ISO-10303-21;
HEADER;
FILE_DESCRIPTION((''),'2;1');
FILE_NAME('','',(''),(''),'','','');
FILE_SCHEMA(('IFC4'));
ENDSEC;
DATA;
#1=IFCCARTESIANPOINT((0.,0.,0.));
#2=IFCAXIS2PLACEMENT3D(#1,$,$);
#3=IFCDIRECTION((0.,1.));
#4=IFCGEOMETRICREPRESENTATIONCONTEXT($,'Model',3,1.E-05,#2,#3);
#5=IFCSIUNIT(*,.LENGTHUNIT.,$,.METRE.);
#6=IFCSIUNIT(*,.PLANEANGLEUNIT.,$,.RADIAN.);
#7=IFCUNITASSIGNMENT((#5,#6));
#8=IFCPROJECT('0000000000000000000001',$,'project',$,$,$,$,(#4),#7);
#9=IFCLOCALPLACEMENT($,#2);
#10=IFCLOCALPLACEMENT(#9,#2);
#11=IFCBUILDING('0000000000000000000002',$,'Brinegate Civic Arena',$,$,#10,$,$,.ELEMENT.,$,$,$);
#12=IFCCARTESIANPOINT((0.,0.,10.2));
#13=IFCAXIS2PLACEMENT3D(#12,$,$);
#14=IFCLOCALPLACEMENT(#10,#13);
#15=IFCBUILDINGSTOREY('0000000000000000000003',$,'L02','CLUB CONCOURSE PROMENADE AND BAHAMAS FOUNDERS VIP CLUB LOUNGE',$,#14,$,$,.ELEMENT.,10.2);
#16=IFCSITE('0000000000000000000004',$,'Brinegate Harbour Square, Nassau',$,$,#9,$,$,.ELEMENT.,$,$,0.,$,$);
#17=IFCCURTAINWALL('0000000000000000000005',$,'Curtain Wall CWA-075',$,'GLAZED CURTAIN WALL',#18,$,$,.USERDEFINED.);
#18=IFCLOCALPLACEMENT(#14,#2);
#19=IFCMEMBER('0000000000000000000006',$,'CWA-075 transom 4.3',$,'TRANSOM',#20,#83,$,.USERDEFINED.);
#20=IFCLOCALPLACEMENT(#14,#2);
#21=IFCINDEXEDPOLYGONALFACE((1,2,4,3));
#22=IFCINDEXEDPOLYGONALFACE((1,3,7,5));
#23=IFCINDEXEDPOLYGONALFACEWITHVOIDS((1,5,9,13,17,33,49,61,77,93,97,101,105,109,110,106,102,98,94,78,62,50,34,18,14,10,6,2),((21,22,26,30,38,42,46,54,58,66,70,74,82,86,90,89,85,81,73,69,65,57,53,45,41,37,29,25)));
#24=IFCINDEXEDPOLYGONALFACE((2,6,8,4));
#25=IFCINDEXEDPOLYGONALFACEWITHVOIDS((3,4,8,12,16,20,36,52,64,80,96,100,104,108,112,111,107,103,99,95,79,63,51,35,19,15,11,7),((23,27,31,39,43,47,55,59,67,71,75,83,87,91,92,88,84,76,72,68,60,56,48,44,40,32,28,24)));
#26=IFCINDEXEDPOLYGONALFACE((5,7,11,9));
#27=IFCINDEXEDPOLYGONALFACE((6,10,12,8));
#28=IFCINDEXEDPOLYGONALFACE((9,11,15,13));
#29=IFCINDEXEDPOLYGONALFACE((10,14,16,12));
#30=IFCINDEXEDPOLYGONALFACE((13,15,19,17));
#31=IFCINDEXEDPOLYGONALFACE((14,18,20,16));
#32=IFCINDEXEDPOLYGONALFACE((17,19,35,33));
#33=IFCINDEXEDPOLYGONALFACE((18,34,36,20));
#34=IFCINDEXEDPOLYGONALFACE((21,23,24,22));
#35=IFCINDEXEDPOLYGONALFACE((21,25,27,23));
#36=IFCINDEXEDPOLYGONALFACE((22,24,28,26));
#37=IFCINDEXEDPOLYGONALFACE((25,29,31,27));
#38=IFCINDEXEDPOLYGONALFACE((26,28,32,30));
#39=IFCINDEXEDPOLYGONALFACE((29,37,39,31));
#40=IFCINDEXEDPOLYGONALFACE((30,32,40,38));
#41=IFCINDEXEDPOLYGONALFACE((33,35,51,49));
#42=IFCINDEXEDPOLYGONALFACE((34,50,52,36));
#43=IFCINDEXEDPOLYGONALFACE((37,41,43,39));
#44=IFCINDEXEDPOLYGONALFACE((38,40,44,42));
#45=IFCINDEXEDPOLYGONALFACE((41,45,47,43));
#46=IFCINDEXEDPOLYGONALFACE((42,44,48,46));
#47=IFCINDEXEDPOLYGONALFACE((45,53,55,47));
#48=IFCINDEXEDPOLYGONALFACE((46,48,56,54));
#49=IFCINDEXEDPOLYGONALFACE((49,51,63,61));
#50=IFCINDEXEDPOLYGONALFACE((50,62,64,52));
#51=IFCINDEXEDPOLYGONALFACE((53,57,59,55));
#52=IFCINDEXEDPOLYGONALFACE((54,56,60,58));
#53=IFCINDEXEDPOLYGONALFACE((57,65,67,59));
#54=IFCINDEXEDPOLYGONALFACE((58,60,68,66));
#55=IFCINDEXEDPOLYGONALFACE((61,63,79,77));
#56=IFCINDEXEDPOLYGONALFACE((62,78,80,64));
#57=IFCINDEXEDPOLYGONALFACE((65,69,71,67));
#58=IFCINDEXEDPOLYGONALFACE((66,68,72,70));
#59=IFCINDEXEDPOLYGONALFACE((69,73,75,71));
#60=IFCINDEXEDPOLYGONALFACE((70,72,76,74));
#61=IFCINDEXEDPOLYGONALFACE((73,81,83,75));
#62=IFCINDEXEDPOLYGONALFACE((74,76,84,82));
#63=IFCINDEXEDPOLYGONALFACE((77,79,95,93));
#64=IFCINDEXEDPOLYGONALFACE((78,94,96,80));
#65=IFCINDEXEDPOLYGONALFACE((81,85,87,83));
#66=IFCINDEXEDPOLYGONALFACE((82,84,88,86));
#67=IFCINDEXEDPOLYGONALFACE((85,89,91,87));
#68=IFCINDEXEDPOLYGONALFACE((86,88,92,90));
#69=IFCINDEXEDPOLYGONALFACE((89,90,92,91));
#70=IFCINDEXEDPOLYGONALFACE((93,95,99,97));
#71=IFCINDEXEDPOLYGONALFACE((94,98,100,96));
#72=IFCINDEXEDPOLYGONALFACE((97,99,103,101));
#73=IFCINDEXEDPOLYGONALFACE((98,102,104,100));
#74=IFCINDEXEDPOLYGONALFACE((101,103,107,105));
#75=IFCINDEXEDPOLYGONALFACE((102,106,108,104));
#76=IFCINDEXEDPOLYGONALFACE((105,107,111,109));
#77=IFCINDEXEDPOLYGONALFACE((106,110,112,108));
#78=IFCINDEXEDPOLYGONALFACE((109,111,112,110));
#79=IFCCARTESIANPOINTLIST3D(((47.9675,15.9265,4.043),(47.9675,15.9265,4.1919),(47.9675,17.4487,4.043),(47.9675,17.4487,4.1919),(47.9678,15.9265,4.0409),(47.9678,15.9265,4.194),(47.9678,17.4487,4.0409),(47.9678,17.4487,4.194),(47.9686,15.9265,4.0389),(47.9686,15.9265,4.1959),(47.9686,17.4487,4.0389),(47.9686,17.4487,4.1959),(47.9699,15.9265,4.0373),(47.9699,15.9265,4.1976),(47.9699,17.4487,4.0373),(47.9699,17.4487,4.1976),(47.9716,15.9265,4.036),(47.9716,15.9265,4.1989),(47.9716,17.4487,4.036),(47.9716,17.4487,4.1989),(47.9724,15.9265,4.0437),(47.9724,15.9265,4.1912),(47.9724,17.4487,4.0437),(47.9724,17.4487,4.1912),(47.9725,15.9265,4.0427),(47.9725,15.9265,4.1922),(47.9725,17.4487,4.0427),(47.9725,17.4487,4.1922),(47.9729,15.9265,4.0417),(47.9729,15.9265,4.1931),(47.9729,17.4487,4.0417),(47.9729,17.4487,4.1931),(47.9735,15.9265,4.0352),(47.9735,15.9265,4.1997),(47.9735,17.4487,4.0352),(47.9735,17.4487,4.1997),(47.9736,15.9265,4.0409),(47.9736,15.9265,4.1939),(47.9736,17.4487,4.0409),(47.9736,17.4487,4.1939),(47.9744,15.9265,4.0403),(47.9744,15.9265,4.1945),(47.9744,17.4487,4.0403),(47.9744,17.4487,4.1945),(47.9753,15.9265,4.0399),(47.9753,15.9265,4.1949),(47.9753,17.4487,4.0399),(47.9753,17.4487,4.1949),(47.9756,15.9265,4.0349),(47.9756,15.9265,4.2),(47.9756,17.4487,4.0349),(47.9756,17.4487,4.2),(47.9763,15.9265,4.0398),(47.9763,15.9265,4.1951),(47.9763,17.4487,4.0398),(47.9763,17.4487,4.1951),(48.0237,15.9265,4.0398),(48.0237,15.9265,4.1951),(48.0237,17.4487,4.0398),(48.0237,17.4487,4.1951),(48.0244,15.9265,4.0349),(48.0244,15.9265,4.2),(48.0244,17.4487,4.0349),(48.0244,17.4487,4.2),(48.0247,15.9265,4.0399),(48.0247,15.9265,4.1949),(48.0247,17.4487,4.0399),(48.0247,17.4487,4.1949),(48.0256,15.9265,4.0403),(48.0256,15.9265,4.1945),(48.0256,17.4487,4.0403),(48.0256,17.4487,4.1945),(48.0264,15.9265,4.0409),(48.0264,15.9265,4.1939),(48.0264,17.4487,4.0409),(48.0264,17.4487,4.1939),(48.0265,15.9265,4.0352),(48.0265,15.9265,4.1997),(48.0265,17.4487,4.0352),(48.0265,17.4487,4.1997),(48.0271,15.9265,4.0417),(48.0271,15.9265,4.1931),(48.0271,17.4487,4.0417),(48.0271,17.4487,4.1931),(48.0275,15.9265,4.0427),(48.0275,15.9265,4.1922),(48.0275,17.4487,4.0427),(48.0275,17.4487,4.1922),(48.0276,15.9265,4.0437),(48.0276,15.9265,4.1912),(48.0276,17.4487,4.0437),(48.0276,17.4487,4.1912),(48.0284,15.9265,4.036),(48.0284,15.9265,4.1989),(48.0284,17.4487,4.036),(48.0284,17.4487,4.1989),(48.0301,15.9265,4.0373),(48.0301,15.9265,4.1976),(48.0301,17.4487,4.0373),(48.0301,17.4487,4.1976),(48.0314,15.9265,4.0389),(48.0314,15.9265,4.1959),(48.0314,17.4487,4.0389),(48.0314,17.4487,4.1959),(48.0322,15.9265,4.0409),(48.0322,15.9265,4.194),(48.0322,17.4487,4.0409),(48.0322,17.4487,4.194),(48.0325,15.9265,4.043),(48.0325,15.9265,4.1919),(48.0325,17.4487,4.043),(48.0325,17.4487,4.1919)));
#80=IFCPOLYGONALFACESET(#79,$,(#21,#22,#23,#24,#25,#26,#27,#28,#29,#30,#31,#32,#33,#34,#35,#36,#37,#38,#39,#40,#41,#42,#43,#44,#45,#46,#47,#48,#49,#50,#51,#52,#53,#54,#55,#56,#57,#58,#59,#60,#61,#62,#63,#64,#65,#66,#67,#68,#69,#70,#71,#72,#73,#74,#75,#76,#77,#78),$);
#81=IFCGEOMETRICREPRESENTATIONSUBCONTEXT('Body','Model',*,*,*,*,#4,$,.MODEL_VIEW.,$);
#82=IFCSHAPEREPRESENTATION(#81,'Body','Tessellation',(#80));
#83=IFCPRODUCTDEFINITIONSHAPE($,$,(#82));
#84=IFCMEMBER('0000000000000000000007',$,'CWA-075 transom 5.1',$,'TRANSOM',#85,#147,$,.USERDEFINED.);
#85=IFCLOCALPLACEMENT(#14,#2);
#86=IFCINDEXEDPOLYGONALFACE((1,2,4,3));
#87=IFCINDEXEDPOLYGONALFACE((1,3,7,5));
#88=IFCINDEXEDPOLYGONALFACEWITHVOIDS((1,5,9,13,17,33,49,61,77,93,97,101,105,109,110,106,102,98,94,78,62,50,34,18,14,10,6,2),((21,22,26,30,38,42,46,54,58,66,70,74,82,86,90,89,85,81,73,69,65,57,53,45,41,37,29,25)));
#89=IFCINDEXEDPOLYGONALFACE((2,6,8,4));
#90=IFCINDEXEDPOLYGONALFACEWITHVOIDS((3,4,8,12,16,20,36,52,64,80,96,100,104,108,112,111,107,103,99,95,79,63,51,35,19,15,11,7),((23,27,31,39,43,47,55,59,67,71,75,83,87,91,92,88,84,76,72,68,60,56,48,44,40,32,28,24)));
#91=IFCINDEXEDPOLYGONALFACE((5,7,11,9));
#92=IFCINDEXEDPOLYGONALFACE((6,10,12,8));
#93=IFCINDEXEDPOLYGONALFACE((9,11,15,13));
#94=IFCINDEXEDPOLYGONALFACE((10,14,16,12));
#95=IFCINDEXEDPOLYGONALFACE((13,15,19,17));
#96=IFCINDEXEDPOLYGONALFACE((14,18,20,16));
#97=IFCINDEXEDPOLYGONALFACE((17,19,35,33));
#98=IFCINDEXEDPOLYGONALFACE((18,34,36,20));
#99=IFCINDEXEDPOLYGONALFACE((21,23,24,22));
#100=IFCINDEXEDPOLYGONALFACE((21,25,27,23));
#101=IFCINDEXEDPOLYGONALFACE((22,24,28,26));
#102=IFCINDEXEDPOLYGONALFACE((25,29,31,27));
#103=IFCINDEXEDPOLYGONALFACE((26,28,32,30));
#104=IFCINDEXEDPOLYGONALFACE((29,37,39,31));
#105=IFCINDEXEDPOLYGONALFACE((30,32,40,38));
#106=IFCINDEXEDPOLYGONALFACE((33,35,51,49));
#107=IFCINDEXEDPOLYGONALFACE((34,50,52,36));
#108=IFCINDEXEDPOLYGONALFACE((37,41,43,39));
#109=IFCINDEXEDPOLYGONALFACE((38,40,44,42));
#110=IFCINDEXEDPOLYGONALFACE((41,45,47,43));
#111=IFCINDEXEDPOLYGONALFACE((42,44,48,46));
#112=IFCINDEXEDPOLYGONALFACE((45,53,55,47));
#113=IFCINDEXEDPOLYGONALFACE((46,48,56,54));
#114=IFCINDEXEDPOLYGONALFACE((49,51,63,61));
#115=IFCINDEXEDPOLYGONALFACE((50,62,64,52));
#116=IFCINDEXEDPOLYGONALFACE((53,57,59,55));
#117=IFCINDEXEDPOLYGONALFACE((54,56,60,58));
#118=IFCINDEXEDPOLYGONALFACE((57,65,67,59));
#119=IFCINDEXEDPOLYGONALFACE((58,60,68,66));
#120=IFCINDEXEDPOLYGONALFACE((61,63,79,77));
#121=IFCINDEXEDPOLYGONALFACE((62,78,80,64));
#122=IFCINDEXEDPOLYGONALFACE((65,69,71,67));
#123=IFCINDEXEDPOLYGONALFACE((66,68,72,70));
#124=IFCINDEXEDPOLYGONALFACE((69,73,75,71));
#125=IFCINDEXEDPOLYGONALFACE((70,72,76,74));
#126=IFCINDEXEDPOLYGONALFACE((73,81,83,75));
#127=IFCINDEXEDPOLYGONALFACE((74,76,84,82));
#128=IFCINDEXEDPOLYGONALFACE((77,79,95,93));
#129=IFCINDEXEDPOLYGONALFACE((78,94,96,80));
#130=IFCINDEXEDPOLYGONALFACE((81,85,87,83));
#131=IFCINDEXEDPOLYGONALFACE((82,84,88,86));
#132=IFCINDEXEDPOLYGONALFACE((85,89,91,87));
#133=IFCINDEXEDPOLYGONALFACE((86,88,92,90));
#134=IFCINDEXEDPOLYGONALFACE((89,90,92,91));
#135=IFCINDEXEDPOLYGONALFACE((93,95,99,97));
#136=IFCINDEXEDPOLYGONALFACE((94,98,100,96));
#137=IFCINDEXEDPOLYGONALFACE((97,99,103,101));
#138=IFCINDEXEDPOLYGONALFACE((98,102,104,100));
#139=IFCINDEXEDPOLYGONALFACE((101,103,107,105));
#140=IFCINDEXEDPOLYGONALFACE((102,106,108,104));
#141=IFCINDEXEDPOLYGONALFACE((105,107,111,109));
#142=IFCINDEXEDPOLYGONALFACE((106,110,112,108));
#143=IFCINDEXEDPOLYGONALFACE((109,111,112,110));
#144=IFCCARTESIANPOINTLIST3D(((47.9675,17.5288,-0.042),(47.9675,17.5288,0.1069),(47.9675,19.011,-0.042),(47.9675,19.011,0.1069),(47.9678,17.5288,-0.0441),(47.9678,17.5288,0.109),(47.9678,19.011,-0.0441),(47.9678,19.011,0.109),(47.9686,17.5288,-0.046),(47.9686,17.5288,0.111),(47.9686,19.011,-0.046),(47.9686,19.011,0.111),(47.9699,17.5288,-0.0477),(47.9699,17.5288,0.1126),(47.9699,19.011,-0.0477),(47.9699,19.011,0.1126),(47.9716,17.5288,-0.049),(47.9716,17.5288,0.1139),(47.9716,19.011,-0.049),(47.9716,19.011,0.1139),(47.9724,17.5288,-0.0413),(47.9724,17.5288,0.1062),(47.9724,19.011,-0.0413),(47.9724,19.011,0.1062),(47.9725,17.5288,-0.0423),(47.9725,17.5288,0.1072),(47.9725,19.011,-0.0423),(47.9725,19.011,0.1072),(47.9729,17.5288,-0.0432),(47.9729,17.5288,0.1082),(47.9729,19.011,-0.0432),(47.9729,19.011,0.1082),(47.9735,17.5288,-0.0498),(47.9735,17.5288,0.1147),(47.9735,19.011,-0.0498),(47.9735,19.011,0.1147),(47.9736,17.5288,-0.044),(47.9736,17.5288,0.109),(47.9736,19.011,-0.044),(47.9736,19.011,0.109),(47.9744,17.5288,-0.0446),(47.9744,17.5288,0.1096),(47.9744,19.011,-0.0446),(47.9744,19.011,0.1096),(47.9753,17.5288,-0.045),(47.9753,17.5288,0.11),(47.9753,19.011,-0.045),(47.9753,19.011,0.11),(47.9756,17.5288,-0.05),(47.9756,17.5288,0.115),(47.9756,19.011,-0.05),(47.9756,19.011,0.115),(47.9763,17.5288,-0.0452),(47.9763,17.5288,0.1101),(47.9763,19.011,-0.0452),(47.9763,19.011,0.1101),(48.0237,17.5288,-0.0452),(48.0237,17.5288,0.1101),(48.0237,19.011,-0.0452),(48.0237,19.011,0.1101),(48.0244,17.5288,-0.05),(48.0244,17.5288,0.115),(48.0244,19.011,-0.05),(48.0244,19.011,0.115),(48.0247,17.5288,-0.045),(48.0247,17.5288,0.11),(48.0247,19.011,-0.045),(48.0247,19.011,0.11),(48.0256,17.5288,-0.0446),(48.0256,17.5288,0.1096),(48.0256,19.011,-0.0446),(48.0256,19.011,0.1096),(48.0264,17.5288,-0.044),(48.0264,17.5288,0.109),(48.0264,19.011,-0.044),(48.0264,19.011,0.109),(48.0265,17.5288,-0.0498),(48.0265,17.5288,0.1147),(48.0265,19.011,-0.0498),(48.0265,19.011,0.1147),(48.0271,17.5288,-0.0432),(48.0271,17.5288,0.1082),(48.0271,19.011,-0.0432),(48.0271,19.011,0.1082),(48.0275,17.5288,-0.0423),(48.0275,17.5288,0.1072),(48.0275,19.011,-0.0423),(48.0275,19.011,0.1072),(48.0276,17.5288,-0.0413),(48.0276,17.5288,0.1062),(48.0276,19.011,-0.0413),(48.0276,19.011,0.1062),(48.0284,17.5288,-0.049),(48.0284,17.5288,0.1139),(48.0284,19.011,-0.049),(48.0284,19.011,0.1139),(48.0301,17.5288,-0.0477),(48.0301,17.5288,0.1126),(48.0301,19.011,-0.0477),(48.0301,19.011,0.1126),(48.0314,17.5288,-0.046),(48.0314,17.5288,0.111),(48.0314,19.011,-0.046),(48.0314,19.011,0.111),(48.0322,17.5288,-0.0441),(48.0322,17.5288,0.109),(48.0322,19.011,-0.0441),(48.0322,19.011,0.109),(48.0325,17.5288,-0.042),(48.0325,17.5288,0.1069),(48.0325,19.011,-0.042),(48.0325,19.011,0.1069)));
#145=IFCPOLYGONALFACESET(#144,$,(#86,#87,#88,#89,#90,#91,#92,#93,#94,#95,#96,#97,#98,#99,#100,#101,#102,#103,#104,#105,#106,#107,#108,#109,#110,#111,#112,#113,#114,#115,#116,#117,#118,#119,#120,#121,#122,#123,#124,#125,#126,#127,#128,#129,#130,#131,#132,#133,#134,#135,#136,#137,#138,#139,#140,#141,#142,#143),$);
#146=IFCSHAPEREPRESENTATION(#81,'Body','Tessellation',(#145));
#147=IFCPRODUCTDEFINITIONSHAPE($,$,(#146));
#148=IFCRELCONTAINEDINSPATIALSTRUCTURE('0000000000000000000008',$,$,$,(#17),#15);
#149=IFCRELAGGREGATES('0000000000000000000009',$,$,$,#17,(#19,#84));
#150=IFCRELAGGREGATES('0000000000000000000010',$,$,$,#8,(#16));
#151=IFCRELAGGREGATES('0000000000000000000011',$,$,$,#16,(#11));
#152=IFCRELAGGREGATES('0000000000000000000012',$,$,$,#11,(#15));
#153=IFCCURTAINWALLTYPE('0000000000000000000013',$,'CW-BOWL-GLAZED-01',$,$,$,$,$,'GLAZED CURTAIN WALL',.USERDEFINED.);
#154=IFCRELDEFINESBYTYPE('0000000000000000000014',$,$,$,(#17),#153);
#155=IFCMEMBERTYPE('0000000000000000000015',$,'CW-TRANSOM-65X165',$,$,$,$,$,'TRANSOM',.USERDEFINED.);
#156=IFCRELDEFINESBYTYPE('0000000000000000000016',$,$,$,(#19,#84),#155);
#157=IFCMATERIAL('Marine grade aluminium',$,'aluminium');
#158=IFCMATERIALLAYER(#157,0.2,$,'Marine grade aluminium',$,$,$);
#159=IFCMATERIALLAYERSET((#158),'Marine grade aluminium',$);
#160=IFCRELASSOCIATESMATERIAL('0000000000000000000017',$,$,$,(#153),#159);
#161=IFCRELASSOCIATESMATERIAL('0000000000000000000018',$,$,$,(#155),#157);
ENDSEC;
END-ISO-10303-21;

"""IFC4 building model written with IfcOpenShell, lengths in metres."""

from ifc_helpers import new_model, si_unit, direction, frame, origin, origin_2d, place, context, subcontext, project, spatial, hollow_rectangle, extrude, material, layer, layer_set, material_profile, profile_set, type_object, element, aggregate, save


model = new_model("IFC4")

# Units and contexts
model_context = context("Model", 3, precision=1e-05, world=origin(), true_north=direction((0.0, 1.0)))
body_context = subcontext(model_context, "Body", "Model", "MODEL_VIEW")
ifc_project = project(units=[si_unit("LENGTHUNIT", "METRE"), si_unit("PLANEANGLEUNIT", "RADIAN")], contexts=[model_context])

# Site, building, storey
site_placement = place(None, origin())
site = spatial("IfcSite", under=ifc_project, at=site_placement, Name="Brinegate Harbour Square, Nassau", CompositionType="ELEMENT", RefElevation=0.0)
building_placement = place(site_placement, origin())
building = spatial("IfcBuilding", under=site, at=building_placement, Name="Brinegate Civic Arena", CompositionType="ELEMENT")
storey_placement = place(building_placement, frame((0.0, 0.0, 10.2)))
storey = spatial("IfcBuildingStorey", under=building, at=storey_placement, Name="L02", Description="CLUB CONCOURSE PROMENADE AND BAHAMAS FOUNDERS VIP CLUB LOUNGE", CompositionType="ELEMENT", Elevation=10.2)

# Curtain wall, members
ifc_material_1 = material(Name="Marine grade aluminium", Category="aluminium")
ifc_layer_1 = layer(ifc_material_1, 0.2, Name="Marine grade aluminium")
ifc_layer_set_1 = layer_set([ifc_layer_1], Name="Marine grade aluminium")
curtain_wall_type = type_object("IfcCurtainWallType", Name="CW-BOWL-GLAZED-01", ElementType="GLAZED CURTAIN WALL", PredefinedType="USERDEFINED", material=ifc_layer_set_1)
curtain_wall_placement = place(storey_placement, origin())
curtain_wall = element("IfcCurtainWall", 1, at=curtain_wall_placement, inside=storey, type_object=curtain_wall_type, Name="Curtain Wall CWA-075", ObjectType="GLAZED CURTAIN WALL", PredefinedType="USERDEFINED")
ifc_material_profile_1 = material_profile(ifc_material_1, hollow_rectangle(XDim=0.0649, YDim=0.165, WallThickness=0.0049, InnerFilletRadius=0.0039, OuterFilletRadius=0.0081, at=origin_2d()), Name="TRN65X165")
ifc_profile_set_1 = profile_set([ifc_material_profile_1], Name="Marine grade aluminium")
member_type_1 = type_object("IfcMemberType", Name="CW-TRANSOM-65X165", ElementType="TRANSOM", PredefinedType="USERDEFINED", material=ifc_profile_set_1)
member_1_placement = place(storey_placement, frame((48.0, 15.9265, 4.1174), z_axis=(0.0, 1.0, 0.0), x_axis=(-1.0, 0.0, 0.0)))
member_1 = element("IfcMember", 2, at=member_1_placement, type_object=member_type_1, Name="CWA-075 transom 4.3", ObjectType="TRANSOM", PredefinedType="USERDEFINED", context=body_context, shape_type="SweptSolid", body=[
    extrude(hollow_rectangle(XDim=0.0649, YDim=0.165, WallThickness=0.0049, InnerFilletRadius=0.0039, OuterFilletRadius=0.0081, at=origin_2d()), origin(), (0.0, 0.0, 1.0), 1.5222),
])
member_2_placement = place(storey_placement, frame((48.0, 17.5288, 0.0325), z_axis=(0.0, 1.0, 0.0), x_axis=(-1.0, 0.0, 0.0)))
member_2 = element("IfcMember", 3, at=member_2_placement, type_object=member_type_1, Name="CWA-075 transom 5.1", ObjectType="TRANSOM", PredefinedType="USERDEFINED", context=body_context, shape_type="SweptSolid", body=[
    extrude(hollow_rectangle(XDim=0.0649, YDim=0.165, WallThickness=0.0049, InnerFilletRadius=0.0039, OuterFilletRadius=0.0081, at=origin_2d()), origin(), (0.0, 0.0, 1.0), 1.4822),
])
aggregate(curtain_wall, [member_1, member_2])

save(model, "model.ifc")
